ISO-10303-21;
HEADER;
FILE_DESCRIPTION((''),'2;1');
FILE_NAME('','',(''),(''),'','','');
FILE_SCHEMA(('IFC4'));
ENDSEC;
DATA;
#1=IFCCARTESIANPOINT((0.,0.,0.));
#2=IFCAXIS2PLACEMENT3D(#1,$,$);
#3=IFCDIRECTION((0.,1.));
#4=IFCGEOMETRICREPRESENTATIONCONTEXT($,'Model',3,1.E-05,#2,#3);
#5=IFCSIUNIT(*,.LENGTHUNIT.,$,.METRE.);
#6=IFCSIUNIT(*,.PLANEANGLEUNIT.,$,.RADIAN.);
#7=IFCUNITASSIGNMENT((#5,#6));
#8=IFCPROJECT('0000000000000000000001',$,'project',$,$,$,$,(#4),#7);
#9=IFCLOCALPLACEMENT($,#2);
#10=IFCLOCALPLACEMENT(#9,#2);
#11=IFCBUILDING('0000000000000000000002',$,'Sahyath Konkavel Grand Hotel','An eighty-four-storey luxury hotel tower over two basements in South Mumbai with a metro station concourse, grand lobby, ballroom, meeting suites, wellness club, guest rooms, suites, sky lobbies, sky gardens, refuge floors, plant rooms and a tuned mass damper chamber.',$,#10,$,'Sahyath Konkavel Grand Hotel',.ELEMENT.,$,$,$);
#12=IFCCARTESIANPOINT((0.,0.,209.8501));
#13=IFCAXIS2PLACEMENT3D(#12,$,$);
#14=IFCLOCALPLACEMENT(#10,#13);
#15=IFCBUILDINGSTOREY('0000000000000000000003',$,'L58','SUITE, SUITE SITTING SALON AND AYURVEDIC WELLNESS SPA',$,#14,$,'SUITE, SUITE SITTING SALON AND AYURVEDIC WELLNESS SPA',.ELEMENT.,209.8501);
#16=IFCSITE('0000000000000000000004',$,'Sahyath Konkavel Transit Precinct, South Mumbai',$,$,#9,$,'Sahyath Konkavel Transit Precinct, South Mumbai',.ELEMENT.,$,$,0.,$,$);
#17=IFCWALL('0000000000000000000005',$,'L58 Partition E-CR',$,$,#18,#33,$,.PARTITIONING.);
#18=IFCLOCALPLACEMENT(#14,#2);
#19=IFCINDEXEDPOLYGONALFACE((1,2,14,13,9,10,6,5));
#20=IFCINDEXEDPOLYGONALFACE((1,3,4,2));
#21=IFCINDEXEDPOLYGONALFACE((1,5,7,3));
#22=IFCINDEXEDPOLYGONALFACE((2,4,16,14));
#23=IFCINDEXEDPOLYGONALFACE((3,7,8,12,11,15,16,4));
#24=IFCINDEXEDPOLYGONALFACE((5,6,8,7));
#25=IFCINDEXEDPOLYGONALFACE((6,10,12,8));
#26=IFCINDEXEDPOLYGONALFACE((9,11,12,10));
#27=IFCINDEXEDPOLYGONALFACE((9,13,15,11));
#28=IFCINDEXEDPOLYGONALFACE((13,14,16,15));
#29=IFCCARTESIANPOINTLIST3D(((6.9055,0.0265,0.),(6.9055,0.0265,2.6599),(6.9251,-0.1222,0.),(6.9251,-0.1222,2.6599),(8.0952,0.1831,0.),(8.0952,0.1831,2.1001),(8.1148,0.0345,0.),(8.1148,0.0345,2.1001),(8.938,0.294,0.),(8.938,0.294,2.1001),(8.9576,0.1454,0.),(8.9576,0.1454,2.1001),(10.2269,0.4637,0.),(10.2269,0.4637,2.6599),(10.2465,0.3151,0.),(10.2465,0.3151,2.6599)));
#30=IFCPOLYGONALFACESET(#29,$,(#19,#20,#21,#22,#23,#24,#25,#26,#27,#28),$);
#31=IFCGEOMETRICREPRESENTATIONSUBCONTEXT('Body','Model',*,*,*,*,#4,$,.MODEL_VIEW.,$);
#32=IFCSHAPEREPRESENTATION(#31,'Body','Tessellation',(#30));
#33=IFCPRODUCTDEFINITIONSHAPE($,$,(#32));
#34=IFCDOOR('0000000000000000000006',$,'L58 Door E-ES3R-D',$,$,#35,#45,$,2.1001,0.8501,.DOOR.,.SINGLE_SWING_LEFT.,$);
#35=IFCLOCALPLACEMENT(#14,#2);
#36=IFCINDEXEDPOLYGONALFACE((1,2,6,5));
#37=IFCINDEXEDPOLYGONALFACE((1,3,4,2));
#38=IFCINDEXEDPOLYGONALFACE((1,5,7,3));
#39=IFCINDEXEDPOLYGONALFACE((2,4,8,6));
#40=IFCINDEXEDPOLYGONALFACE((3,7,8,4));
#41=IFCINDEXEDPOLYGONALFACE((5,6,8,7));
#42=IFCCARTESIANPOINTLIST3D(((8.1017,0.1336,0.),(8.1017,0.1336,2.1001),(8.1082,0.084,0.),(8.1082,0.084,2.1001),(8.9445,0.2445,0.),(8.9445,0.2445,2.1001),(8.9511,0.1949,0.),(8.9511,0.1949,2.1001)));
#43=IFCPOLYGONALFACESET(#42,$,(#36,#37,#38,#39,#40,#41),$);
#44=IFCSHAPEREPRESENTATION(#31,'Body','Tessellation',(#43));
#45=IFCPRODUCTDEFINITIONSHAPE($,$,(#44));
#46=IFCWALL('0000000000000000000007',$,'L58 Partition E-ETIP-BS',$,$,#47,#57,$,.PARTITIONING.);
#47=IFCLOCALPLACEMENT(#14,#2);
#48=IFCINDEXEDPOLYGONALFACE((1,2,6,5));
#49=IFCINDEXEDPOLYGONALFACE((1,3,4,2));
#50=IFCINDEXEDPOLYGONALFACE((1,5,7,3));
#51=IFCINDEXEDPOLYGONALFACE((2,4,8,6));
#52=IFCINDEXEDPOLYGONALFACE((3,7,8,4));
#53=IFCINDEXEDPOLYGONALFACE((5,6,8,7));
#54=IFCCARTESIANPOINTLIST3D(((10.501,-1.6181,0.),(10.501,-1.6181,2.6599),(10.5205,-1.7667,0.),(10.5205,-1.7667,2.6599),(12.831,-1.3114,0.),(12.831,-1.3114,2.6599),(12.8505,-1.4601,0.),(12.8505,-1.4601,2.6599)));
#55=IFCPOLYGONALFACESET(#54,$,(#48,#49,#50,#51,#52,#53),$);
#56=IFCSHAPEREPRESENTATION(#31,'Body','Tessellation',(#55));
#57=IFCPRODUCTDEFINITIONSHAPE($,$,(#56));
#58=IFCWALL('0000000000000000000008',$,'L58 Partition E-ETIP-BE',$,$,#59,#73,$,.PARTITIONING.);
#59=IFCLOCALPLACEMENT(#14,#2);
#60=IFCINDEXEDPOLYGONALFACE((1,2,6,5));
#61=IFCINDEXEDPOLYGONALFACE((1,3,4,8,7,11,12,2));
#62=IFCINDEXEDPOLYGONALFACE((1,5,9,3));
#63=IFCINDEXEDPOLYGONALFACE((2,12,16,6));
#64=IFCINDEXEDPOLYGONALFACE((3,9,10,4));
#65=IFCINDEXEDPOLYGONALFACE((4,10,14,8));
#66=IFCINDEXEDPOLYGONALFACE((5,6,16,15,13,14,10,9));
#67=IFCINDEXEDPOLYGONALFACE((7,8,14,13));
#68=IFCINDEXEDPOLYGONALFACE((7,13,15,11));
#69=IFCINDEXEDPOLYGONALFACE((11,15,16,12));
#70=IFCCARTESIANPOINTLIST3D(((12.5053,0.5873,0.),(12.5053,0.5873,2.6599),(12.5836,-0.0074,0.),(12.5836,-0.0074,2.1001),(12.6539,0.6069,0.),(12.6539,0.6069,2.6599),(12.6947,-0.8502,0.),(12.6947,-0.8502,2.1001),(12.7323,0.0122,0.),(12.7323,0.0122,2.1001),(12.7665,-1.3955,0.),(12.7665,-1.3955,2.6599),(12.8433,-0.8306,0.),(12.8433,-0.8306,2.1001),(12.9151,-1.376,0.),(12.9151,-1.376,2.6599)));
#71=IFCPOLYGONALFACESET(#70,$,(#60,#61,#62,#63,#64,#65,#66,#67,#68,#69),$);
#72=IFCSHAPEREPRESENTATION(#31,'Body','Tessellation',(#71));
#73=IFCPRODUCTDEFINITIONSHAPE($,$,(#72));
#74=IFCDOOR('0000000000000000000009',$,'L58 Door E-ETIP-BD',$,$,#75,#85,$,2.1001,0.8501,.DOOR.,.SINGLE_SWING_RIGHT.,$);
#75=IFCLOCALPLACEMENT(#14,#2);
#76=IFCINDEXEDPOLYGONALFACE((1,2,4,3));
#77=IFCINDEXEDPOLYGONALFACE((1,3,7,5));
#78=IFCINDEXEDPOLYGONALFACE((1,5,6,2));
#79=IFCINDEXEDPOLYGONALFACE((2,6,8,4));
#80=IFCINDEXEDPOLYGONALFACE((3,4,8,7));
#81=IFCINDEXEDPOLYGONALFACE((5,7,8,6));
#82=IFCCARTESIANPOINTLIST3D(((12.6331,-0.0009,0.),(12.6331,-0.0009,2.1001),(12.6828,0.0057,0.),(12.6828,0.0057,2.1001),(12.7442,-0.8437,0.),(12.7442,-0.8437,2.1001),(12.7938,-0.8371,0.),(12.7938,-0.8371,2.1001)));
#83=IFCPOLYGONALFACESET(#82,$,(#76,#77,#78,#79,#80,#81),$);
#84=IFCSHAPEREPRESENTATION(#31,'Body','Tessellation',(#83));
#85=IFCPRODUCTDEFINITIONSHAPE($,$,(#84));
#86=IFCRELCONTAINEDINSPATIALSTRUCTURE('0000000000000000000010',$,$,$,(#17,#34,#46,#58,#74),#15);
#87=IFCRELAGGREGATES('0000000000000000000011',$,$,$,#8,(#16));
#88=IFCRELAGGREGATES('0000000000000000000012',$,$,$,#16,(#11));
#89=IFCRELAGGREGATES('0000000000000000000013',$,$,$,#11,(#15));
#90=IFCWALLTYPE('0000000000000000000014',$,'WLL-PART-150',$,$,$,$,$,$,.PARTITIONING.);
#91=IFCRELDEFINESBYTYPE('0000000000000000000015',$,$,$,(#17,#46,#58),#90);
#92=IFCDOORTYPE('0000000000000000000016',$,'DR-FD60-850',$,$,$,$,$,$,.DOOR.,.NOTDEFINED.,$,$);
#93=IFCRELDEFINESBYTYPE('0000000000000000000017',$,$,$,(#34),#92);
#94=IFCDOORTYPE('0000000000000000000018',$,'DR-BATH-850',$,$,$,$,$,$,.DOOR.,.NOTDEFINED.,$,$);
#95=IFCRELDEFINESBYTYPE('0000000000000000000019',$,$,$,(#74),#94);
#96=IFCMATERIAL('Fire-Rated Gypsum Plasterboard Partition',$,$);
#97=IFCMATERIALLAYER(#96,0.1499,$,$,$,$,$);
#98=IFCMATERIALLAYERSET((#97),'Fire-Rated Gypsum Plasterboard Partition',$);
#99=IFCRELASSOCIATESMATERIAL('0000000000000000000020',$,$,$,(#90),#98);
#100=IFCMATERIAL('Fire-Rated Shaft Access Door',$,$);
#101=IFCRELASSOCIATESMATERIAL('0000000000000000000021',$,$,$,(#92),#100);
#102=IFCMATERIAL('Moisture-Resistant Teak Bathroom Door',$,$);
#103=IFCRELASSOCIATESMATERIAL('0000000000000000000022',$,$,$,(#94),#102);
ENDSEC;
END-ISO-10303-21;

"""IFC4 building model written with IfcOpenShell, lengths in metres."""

from ifc_helpers import new_model, si_unit, direction, frame, frame_2d, origin, origin_2d, place, context, subcontext, project, spatial, rectangle, extrude, source, transform, mapped, material, layer, layer_set, type_object, element, fill, save


model = new_model("IFC4")

# Units and contexts
model_context = context("Model", 3, precision=1e-05, world=origin(), true_north=direction((0.0, 1.0)))
body_context = subcontext(model_context, "Body", "Model", "MODEL_VIEW")
ifc_project = project(units=[si_unit("LENGTHUNIT", "METRE"), si_unit("PLANEANGLEUNIT", "RADIAN")], contexts=[model_context])

# Site, building, storey
site_placement = place(None, origin())
site = spatial("IfcSite", under=ifc_project, at=site_placement, Name="Sahyath Konkavel Transit Precinct, South Mumbai", LongName="Sahyath Konkavel Transit Precinct, South Mumbai", CompositionType="ELEMENT", RefElevation=0.0)
building_placement = place(site_placement, origin())
building = spatial("IfcBuilding", under=site, at=building_placement, Name="Sahyath Konkavel Grand Hotel", Description="An eighty-four-storey luxury hotel tower over two basements in South Mumbai with a metro station concourse, grand lobby, ballroom, meeting suites, wellness club, guest rooms, suites, sky lobbies, sky gardens, refuge floors, plant rooms and a tuned mass damper chamber.", LongName="Sahyath Konkavel Grand Hotel", CompositionType="ELEMENT")
storey_placement = place(building_placement, frame((0.0, 0.0, 209.8501)))
storey = spatial("IfcBuildingStorey", under=building, at=storey_placement, Name="L58", Description="SUITE, SUITE SITTING SALON AND AYURVEDIC WELLNESS SPA", LongName="SUITE, SUITE SITTING SALON AND AYURVEDIC WELLNESS SPA", CompositionType="ELEMENT", Elevation=209.8501)

# Wall, opening, door
ifc_material_1 = material(Name="Fire-Rated Gypsum Plasterboard Partition")
ifc_layer_1 = layer(ifc_material_1, 0.1499)
ifc_layer_set_1 = layer_set([ifc_layer_1], Name="Fire-Rated Gypsum Plasterboard Partition")
wall_type_1 = type_object("IfcWallType", Name="WLL-PART-150", PredefinedType="PARTITIONING", material=ifc_layer_set_1)
wall_1_placement = place(storey_placement, frame((6.9153, -0.0479, 0.0), z_axis=(0.0, 0.0, 1.0), x_axis=(0.991446, 0.130517, 0.0)))
wall_1 = element("IfcWall", 1, at=wall_1_placement, inside=storey, type_object=wall_type_1, Name="L58 Partition E-CR", PredefinedType="PARTITIONING", context=body_context, shape_type="SweptSolid", body=[
    extrude(rectangle(XDim=3.3501, YDim=0.1499, at=frame_2d((1.675, 0.0))), origin(), (0.0, 0.0, 1.0), 2.6599),
])
opening_1_placement = place(wall_1_placement, frame((1.2, 0.0, 0.0)))
opening_1 = element("IfcOpeningElement", 2, at=opening_1_placement, cuts=wall_1, PredefinedType="OPENING", context=body_context, shape_type="SweptSolid", body=[
    extrude(rectangle(XDim=0.8501, YDim=2.1001, at=frame_2d((0.425, 1.05))), frame((0.0, 0.085, 0.0), z_axis=(0.0, -1.0, 0.0), x_axis=(1.0, 0.0, 0.0)), (0.0, 0.0, 1.0), 0.1699),
])
ifc_material_2 = material(Name="Fire-Rated Shaft Access Door")
door_type_1 = type_object("IfcDoorType", Name="DR-FD60-850", OperationType="NOTDEFINED", PredefinedType="DOOR", material=ifc_material_2)
shared_shape_1 = source(origin(), body_context, "Body", "SweptSolid", [
    extrude(rectangle(XDim=0.8501, YDim=0.05, at=origin_2d()), origin(), (0.0, 0.0, 1.0), 2.1001),
])
door_1_placement = place(opening_1_placement, frame((0.425, 0.0, 0.0)))
door_1 = element("IfcDoor", 3, at=door_1_placement, inside=storey, type_object=door_type_1, Name="L58 Door E-ES3R-D", OperationType="SINGLE_SWING_LEFT", OverallHeight=2.1001, OverallWidth=0.8501, PredefinedType="DOOR", context=body_context, shape_type="MappedRepresentation", body=[
    mapped(shared_shape_1, transform((0.0, 0.0, 0.0), scale=1.0)),
])
fill(opening_1, door_1)

# Wall
wall_2_placement = place(storey_placement, frame((10.5107, -1.6924, 0.0), z_axis=(0.0, 0.0, 1.0), x_axis=(0.991451, 0.130476, 0.0)))
element("IfcWall", 4, at=wall_2_placement, inside=storey, type_object=wall_type_1, Name="L58 Partition E-ETIP-BS", PredefinedType="PARTITIONING", context=body_context, shape_type="SweptSolid", body=[
    extrude(rectangle(XDim=2.3501, YDim=0.1499, at=frame_2d((1.175, 0.0))), origin(), (0.0, 0.0, 1.0), 2.6599),
])

# Wall, opening, door
wall_3_placement = place(storey_placement, frame((12.8408, -1.3857, 0.0), z_axis=(0.0, 0.0, 1.0), x_axis=(-0.130612, 0.991434, 0.0)))
wall_3 = element("IfcWall", 5, at=wall_3_placement, inside=storey, type_object=wall_type_1, Name="L58 Partition E-ETIP-BE", PredefinedType="PARTITIONING", context=body_context, shape_type="SweptSolid", body=[
    extrude(rectangle(XDim=2.0, YDim=0.1499, at=frame_2d((1.0, 0.0))), origin(), (0.0, 0.0, 1.0), 2.6599),
])
opening_2_placement = place(wall_3_placement, frame((0.55, 0.0, 0.0)))
opening_2 = element("IfcOpeningElement", 6, at=opening_2_placement, cuts=wall_3, PredefinedType="OPENING", context=body_context, shape_type="SweptSolid", body=[
    extrude(rectangle(XDim=0.8501, YDim=2.1001, at=frame_2d((0.425, 1.05))), frame((0.0, 0.085, 0.0), z_axis=(0.0, -1.0, 0.0), x_axis=(1.0, 0.0, 0.0)), (0.0, 0.0, 1.0), 0.1699),
])
ifc_material_3 = material(Name="Moisture-Resistant Teak Bathroom Door")
door_type_2 = type_object("IfcDoorType", Name="DR-BATH-850", OperationType="NOTDEFINED", PredefinedType="DOOR", material=ifc_material_3)
door_2_placement = place(opening_2_placement, frame((0.425, 0.0, 0.0)))
door_2 = element("IfcDoor", 7, at=door_2_placement, inside=storey, type_object=door_type_2, Name="L58 Door E-ETIP-BD", OperationType="SINGLE_SWING_RIGHT", OverallHeight=2.1001, OverallWidth=0.8501, PredefinedType="DOOR", context=body_context, shape_type="MappedRepresentation", body=[
    mapped(shared_shape_1, transform((0.0, 0.0, 0.0), scale=1.0)),
])
fill(opening_2, door_2)

save(model, "model.ifc")
